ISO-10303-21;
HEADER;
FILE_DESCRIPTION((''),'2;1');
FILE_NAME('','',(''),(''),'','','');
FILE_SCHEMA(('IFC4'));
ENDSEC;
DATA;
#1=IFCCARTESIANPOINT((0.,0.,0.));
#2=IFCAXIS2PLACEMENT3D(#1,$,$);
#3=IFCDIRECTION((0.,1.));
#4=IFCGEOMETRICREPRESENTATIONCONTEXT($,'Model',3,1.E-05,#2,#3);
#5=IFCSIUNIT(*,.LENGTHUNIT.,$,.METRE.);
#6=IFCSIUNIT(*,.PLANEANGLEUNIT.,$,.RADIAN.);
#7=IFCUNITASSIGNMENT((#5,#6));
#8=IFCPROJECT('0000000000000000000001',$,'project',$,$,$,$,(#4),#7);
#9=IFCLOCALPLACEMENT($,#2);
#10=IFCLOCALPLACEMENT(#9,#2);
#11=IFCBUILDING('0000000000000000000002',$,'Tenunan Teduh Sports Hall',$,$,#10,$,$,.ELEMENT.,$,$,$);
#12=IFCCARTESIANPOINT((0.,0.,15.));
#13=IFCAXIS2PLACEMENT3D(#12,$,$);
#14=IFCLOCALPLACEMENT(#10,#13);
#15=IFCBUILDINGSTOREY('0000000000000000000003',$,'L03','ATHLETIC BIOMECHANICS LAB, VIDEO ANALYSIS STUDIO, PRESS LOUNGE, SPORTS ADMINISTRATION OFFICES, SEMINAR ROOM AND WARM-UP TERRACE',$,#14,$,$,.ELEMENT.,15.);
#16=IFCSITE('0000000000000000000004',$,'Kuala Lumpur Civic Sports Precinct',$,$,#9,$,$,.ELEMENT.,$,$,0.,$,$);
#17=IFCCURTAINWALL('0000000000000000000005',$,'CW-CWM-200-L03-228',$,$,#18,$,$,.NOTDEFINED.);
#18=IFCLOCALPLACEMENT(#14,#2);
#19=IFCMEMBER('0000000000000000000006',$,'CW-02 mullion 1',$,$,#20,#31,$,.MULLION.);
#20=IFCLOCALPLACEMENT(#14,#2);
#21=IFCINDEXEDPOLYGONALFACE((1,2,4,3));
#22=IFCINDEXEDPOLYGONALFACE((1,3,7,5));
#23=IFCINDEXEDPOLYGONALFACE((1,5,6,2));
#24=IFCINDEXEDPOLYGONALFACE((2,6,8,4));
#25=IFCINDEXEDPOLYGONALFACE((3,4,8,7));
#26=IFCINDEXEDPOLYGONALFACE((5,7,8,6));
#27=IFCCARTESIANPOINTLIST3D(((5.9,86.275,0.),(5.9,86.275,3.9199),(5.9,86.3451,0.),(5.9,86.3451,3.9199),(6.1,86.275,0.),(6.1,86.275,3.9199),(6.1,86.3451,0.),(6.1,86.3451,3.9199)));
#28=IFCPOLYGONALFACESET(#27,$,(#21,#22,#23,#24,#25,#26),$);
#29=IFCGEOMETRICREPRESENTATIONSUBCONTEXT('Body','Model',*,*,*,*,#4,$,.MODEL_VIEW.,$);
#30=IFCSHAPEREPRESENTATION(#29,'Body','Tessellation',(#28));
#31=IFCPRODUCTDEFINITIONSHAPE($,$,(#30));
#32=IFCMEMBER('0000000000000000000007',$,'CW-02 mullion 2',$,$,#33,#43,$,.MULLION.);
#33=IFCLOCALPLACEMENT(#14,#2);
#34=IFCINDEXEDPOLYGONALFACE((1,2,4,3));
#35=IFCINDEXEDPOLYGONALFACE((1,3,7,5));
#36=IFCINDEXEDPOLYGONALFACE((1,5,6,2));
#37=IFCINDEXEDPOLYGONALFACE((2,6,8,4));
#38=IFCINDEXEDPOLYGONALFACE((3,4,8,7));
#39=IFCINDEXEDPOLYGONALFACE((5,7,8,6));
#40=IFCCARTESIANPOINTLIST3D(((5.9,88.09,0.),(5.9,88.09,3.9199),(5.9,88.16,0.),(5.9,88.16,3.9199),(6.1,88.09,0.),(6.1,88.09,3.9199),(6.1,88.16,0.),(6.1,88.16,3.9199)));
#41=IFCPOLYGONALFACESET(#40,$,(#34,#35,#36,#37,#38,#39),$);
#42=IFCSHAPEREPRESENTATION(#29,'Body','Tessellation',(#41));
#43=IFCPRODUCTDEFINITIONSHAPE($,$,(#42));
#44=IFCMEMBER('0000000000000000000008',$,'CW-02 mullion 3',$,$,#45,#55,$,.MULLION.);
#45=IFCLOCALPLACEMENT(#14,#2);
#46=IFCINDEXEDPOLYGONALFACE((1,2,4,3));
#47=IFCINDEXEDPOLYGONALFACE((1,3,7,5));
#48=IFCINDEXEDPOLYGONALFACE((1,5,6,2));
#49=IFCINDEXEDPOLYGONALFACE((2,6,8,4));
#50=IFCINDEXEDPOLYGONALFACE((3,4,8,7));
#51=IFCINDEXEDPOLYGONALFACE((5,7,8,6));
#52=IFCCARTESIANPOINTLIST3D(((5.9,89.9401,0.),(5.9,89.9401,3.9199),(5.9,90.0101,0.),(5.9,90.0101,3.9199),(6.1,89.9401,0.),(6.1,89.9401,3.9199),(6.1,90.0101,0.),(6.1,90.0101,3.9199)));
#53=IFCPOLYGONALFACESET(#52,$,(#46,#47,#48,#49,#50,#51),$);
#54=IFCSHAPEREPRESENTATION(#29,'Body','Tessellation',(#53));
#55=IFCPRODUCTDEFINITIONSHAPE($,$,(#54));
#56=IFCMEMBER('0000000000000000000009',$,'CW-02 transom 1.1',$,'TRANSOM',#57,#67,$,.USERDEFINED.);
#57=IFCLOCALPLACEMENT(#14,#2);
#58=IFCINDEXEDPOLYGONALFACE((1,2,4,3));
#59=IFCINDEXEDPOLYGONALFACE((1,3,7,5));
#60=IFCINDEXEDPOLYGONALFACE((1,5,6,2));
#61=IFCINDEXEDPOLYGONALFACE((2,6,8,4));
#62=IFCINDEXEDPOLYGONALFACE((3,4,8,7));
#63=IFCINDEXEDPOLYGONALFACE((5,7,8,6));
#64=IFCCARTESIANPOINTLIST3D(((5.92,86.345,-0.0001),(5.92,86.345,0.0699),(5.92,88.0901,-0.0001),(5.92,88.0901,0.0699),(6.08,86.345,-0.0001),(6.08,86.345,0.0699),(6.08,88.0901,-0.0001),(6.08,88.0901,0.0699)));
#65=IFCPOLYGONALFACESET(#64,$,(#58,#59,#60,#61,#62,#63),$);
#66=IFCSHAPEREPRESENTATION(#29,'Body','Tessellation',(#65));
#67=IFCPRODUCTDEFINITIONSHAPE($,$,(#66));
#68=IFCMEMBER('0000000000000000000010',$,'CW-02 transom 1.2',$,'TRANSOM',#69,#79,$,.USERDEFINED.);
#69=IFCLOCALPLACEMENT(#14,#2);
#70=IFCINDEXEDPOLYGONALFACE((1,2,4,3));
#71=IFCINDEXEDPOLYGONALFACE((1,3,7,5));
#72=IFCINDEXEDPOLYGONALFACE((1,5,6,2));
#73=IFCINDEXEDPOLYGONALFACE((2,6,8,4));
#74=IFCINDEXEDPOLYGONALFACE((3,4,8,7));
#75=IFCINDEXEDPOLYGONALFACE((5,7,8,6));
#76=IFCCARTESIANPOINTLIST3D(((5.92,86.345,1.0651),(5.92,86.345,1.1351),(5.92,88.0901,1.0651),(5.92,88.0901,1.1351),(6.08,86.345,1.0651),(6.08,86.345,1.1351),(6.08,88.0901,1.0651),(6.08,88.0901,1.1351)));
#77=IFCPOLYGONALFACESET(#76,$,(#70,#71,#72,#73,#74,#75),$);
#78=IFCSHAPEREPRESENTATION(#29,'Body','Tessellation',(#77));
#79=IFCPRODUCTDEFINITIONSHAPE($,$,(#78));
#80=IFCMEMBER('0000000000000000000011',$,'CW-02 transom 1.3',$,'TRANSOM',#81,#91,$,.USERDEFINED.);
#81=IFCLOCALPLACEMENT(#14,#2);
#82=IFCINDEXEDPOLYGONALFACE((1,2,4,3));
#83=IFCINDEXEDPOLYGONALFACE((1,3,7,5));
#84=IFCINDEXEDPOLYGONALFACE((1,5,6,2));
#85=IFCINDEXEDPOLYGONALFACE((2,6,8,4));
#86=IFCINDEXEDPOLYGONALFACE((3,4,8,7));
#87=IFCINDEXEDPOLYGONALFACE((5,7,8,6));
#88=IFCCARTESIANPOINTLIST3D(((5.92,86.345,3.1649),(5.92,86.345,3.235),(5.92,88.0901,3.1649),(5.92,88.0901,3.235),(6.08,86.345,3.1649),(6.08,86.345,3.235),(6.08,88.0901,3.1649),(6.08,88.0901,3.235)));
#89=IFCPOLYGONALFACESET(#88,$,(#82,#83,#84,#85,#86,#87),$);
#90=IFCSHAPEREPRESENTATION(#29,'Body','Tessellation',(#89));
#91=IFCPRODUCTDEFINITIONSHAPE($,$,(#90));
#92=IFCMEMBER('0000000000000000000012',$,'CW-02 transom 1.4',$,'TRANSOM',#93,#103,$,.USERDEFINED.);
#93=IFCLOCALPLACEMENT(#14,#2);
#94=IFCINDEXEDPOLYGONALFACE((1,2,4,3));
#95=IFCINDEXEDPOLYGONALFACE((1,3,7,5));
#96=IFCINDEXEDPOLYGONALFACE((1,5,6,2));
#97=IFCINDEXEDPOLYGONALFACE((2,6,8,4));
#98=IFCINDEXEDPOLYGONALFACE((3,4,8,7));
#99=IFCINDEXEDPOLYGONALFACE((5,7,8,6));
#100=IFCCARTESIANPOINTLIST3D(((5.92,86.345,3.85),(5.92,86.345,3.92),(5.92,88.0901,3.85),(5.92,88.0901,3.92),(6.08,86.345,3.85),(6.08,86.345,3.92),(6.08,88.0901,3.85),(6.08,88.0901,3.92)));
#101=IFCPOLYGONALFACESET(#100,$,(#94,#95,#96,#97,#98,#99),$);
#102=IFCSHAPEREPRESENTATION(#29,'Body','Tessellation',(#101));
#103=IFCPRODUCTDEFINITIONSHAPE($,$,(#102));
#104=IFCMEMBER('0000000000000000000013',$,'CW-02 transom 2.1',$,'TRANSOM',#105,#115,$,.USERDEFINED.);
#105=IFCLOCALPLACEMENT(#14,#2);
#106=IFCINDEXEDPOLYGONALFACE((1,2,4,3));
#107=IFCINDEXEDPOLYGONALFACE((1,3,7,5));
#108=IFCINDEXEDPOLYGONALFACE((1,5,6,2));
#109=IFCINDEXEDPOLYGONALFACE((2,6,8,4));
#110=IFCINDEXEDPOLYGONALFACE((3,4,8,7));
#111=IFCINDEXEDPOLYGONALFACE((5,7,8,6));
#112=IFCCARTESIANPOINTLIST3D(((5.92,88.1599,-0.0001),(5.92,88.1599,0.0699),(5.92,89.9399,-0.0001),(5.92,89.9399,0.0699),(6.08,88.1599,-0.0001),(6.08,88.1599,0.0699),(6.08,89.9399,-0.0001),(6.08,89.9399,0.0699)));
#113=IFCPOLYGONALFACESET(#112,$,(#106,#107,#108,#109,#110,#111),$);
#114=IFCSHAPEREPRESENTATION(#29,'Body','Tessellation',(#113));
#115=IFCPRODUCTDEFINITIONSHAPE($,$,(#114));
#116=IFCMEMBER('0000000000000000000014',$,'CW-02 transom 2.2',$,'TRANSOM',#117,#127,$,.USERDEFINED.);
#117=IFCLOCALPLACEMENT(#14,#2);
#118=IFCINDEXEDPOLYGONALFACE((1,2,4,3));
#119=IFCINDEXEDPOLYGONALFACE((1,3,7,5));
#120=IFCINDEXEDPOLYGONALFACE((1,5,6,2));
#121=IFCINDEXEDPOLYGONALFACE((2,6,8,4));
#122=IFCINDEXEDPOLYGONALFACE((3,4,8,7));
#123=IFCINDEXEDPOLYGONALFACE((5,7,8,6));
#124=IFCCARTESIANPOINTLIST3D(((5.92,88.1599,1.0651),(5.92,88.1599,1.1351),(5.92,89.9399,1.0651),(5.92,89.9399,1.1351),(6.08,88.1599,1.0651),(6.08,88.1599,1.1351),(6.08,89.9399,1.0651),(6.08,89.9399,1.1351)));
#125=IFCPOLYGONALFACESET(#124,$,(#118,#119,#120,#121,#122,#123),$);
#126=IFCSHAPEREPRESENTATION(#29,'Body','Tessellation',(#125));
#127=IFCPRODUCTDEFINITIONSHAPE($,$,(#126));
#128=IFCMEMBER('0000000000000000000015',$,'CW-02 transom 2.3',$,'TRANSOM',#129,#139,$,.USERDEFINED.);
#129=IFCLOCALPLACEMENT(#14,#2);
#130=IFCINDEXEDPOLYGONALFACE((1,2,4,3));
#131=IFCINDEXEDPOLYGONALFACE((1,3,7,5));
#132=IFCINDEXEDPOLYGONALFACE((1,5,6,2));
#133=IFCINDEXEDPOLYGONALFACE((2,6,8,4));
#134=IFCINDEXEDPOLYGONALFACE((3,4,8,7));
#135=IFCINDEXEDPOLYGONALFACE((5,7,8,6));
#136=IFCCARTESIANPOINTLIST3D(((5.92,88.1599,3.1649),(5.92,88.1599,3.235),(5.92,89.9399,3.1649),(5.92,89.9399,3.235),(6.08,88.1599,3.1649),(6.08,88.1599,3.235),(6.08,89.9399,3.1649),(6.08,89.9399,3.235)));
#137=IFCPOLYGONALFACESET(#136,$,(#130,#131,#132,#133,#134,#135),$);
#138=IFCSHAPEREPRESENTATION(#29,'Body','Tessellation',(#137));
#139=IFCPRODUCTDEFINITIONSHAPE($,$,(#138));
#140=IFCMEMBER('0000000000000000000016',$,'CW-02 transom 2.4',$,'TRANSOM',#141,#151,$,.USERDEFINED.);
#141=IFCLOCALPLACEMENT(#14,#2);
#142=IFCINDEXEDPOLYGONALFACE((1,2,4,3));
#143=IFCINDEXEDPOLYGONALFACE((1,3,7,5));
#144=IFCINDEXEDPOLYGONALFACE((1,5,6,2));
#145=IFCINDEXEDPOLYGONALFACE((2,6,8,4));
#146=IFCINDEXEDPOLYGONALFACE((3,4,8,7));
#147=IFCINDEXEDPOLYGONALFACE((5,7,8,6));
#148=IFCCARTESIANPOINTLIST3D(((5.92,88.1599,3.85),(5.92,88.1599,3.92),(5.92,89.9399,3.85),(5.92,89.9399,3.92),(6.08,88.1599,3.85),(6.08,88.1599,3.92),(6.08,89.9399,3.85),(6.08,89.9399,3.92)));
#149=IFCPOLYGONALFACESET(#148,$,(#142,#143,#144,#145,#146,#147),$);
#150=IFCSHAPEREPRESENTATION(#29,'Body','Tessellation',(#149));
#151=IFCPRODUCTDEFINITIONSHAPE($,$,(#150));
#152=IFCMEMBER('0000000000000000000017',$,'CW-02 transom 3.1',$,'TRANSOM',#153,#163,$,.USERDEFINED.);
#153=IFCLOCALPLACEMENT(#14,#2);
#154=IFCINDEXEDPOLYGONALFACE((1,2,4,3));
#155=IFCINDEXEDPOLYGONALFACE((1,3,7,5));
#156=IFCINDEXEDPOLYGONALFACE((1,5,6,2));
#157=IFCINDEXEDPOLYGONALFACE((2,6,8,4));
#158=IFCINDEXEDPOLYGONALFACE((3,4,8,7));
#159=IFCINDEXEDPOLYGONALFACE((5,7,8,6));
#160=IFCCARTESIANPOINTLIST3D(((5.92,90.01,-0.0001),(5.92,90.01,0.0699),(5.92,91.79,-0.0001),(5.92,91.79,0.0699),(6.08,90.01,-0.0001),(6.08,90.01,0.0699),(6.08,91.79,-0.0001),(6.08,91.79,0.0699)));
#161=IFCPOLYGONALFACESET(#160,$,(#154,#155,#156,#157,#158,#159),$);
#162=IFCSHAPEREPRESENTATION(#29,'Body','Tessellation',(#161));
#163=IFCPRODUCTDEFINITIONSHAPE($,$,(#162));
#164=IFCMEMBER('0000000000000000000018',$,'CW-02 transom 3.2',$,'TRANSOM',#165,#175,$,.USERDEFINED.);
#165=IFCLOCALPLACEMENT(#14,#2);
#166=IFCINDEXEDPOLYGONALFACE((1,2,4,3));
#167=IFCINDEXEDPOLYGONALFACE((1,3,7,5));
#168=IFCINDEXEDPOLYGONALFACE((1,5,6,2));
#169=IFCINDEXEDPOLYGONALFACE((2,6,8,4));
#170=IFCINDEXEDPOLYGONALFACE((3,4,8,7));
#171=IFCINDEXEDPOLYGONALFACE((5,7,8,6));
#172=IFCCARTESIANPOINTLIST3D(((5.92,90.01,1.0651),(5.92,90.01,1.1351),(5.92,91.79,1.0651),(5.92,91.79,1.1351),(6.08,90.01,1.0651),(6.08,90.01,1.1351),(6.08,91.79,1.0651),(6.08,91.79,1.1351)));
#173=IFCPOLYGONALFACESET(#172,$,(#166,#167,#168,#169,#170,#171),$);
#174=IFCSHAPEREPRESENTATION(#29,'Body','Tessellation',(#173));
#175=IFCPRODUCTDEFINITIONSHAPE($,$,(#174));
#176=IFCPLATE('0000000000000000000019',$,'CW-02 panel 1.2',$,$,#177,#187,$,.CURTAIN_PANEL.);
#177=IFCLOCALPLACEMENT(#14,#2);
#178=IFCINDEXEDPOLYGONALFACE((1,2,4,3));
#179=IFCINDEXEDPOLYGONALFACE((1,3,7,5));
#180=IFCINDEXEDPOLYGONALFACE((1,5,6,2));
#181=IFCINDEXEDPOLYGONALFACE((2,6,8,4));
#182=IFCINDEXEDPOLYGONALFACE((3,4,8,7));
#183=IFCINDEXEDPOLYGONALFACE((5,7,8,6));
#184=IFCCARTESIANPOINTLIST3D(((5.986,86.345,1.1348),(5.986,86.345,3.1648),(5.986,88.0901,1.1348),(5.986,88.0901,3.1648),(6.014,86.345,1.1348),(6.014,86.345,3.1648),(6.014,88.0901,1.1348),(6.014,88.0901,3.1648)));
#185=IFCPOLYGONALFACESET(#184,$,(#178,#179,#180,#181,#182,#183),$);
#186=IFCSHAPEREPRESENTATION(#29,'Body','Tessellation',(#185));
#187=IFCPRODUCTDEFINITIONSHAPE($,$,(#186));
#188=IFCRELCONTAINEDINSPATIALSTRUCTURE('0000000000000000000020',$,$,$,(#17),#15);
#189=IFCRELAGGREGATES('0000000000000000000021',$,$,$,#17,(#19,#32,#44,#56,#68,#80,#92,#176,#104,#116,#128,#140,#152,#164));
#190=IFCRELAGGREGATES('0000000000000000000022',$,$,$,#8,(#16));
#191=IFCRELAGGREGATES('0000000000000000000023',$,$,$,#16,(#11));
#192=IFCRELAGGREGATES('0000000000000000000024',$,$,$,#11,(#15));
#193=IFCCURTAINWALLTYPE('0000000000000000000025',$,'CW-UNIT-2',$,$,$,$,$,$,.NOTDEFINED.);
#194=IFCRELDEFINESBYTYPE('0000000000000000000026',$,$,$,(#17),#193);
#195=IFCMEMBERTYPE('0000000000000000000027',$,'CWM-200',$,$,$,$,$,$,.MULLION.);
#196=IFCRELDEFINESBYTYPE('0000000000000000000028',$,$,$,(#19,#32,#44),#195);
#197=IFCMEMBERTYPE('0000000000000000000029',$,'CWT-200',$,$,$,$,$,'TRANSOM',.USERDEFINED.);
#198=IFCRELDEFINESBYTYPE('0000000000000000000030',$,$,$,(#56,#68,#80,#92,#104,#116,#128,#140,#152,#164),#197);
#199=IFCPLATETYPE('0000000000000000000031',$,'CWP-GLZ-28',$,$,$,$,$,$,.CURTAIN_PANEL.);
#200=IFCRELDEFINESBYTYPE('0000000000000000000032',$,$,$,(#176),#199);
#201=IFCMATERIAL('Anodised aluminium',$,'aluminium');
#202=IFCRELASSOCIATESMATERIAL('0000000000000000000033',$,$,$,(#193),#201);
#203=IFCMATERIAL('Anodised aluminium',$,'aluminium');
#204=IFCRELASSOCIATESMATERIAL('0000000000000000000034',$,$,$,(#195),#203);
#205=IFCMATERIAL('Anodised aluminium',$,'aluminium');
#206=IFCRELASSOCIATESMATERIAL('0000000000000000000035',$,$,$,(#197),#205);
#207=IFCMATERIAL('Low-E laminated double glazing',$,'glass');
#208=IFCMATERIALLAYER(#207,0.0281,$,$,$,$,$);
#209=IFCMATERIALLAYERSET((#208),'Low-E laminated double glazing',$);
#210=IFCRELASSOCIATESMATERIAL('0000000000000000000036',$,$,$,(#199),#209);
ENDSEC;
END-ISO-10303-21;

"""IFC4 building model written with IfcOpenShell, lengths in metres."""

from ifc_helpers import new_model, si_unit, direction, frame, origin, origin_2d, place, context, subcontext, project, spatial, rectangle, extrude, material, layer, layer_set, material_profile, profile_set, type_object, element, aggregate, save


model = new_model("IFC4")

# Units and contexts
model_context = context("Model", 3, precision=1e-05, world=origin(), true_north=direction((0.0, 1.0)))
body_context = subcontext(model_context, "Body", "Model", "MODEL_VIEW")
ifc_project = project(units=[si_unit("LENGTHUNIT", "METRE"), si_unit("PLANEANGLEUNIT", "RADIAN")], contexts=[model_context])

# Site, building, storey
site_placement = place(None, origin())
site = spatial("IfcSite", under=ifc_project, at=site_placement, Name="Kuala Lumpur Civic Sports Precinct", CompositionType="ELEMENT", RefElevation=0.0)
building_placement = place(site_placement, origin())
building = spatial("IfcBuilding", under=site, at=building_placement, Name="Tenunan Teduh Sports Hall", CompositionType="ELEMENT")
storey_placement = place(building_placement, frame((0.0, 0.0, 15.0)))
storey = spatial("IfcBuildingStorey", under=building, at=storey_placement, Name="L03", Description="ATHLETIC BIOMECHANICS LAB, VIDEO ANALYSIS STUDIO, PRESS LOUNGE, SPORTS ADMINISTRATION OFFICES, SEMINAR ROOM AND WARM-UP TERRACE", CompositionType="ELEMENT", Elevation=15.0)

# Curtain wall, members, plate
ifc_material_1 = material(Name="Anodised aluminium", Category="aluminium")
curtain_wall_type = type_object("IfcCurtainWallType", Name="CW-UNIT-2", PredefinedType="NOTDEFINED", material=ifc_material_1)
curtain_wall_placement = place(storey_placement, origin())
curtain_wall = element("IfcCurtainWall", 1, at=curtain_wall_placement, inside=storey, type_object=curtain_wall_type, Name="CW-CWM-200-L03-228", PredefinedType="NOTDEFINED")
ifc_material_2 = material(Name="Anodised aluminium", Category="aluminium")
ifc_material_profile_1 = material_profile(ifc_material_2, rectangle(XDim=0.0701, YDim=0.2, at=origin_2d()), Name="CWM 70x200")
ifc_profile_set_1 = profile_set([ifc_material_profile_1], Name="Anodised aluminium")
member_type_1 = type_object("IfcMemberType", Name="CWM-200", PredefinedType="MULLION", material=ifc_profile_set_1)
member_1_placement = place(storey_placement, frame((6.0, 86.3101, 0.0), z_axis=(0.0, 0.0, 1.0), x_axis=(0.0, 1.0, 0.0)))
member_1 = element("IfcMember", 2, at=member_1_placement, type_object=member_type_1, Name="CW-02 mullion 1", PredefinedType="MULLION", context=body_context, shape_type="SweptSolid", body=[
    extrude(rectangle(XDim=0.0701, YDim=0.2, at=origin_2d()), origin(), (0.0, 0.0, 1.0), 3.9199),
])
member_2_placement = place(storey_placement, frame((6.0, 88.125, 0.0), z_axis=(0.0, 0.0, 1.0), x_axis=(0.0, 1.0, 0.0)))
member_2 = element("IfcMember", 3, at=member_2_placement, type_object=member_type_1, Name="CW-02 mullion 2", PredefinedType="MULLION", context=body_context, shape_type="SweptSolid", body=[
    extrude(rectangle(XDim=0.0701, YDim=0.2, at=origin_2d()), origin(), (0.0, 0.0, 1.0), 3.9199),
])
member_3_placement = place(storey_placement, frame((6.0, 89.9751, 0.0), z_axis=(0.0, 0.0, 1.0), x_axis=(0.0, 1.0, 0.0)))
member_3 = element("IfcMember", 4, at=member_3_placement, type_object=member_type_1, Name="CW-02 mullion 3", PredefinedType="MULLION", context=body_context, shape_type="SweptSolid", body=[
    extrude(rectangle(XDim=0.0701, YDim=0.2, at=origin_2d()), origin(), (0.0, 0.0, 1.0), 3.9199),
])
ifc_material_3 = material(Name="Anodised aluminium", Category="aluminium")
ifc_material_profile_2 = material_profile(ifc_material_3, rectangle(XDim=0.0701, YDim=0.1599, at=origin_2d()), Name="CWT 70x160")
ifc_profile_set_2 = profile_set([ifc_material_profile_2], Name="Anodised aluminium")
member_type_2 = type_object("IfcMemberType", Name="CWT-200", ElementType="TRANSOM", PredefinedType="USERDEFINED", material=ifc_profile_set_2)
member_4_placement = place(storey_placement, frame((6.0, 86.345, 0.0349), z_axis=(0.0, 1.0, 0.0), x_axis=(0.0, 0.0, 1.0)))
member_4 = element("IfcMember", 5, at=member_4_placement, type_object=member_type_2, Name="CW-02 transom 1.1", ObjectType="TRANSOM", PredefinedType="USERDEFINED", context=body_context, shape_type="SweptSolid", body=[
    extrude(rectangle(XDim=0.0701, YDim=0.1599, at=origin_2d()), origin(), (0.0, 0.0, 1.0), 1.7451),
])
member_5_placement = place(storey_placement, frame((6.0, 86.345, 1.1001), z_axis=(0.0, 1.0, 0.0), x_axis=(0.0, 0.0, 1.0)))
member_5 = element("IfcMember", 6, at=member_5_placement, type_object=member_type_2, Name="CW-02 transom 1.2", ObjectType="TRANSOM", PredefinedType="USERDEFINED", context=body_context, shape_type="SweptSolid", body=[
    extrude(rectangle(XDim=0.0701, YDim=0.1599, at=origin_2d()), origin(), (0.0, 0.0, 1.0), 1.7451),
])
member_6_placement = place(storey_placement, frame((6.0, 86.345, 3.2), z_axis=(0.0, 1.0, 0.0), x_axis=(0.0, 0.0, 1.0)))
member_6 = element("IfcMember", 7, at=member_6_placement, type_object=member_type_2, Name="CW-02 transom 1.3", ObjectType="TRANSOM", PredefinedType="USERDEFINED", context=body_context, shape_type="SweptSolid", body=[
    extrude(rectangle(XDim=0.0701, YDim=0.1599, at=origin_2d()), origin(), (0.0, 0.0, 1.0), 1.7451),
])
member_7_placement = place(storey_placement, frame((6.0, 86.345, 3.885), z_axis=(0.0, 1.0, 0.0), x_axis=(0.0, 0.0, 1.0)))
member_7 = element("IfcMember", 8, at=member_7_placement, type_object=member_type_2, Name="CW-02 transom 1.4", ObjectType="TRANSOM", PredefinedType="USERDEFINED", context=body_context, shape_type="SweptSolid", body=[
    extrude(rectangle(XDim=0.0701, YDim=0.1599, at=origin_2d()), origin(), (0.0, 0.0, 1.0), 1.7451),
])
member_8_placement = place(storey_placement, frame((6.0, 88.1599, 0.0349), z_axis=(0.0, 1.0, 0.0), x_axis=(0.0, 0.0, 1.0)))
member_8 = element("IfcMember", 9, at=member_8_placement, type_object=member_type_2, Name="CW-02 transom 2.1", ObjectType="TRANSOM", PredefinedType="USERDEFINED", context=body_context, shape_type="SweptSolid", body=[
    extrude(rectangle(XDim=0.0701, YDim=0.1599, at=origin_2d()), origin(), (0.0, 0.0, 1.0), 1.78),
])
member_9_placement = place(storey_placement, frame((6.0, 88.1599, 1.1001), z_axis=(0.0, 1.0, 0.0), x_axis=(0.0, 0.0, 1.0)))
member_9 = element("IfcMember", 10, at=member_9_placement, type_object=member_type_2, Name="CW-02 transom 2.2", ObjectType="TRANSOM", PredefinedType="USERDEFINED", context=body_context, shape_type="SweptSolid", body=[
    extrude(rectangle(XDim=0.0701, YDim=0.1599, at=origin_2d()), origin(), (0.0, 0.0, 1.0), 1.78),
])
member_10_placement = place(storey_placement, frame((6.0, 88.1599, 3.2), z_axis=(0.0, 1.0, 0.0), x_axis=(0.0, 0.0, 1.0)))
member_10 = element("IfcMember", 11, at=member_10_placement, type_object=member_type_2, Name="CW-02 transom 2.3", ObjectType="TRANSOM", PredefinedType="USERDEFINED", context=body_context, shape_type="SweptSolid", body=[
    extrude(rectangle(XDim=0.0701, YDim=0.1599, at=origin_2d()), origin(), (0.0, 0.0, 1.0), 1.78),
])
member_11_placement = place(storey_placement, frame((6.0, 88.1599, 3.885), z_axis=(0.0, 1.0, 0.0), x_axis=(0.0, 0.0, 1.0)))
member_11 = element("IfcMember", 12, at=member_11_placement, type_object=member_type_2, Name="CW-02 transom 2.4", ObjectType="TRANSOM", PredefinedType="USERDEFINED", context=body_context, shape_type="SweptSolid", body=[
    extrude(rectangle(XDim=0.0701, YDim=0.1599, at=origin_2d()), origin(), (0.0, 0.0, 1.0), 1.78),
])
member_12_placement = place(storey_placement, frame((6.0, 90.01, 0.0349), z_axis=(0.0, 1.0, 0.0), x_axis=(0.0, 0.0, 1.0)))
member_12 = element("IfcMember", 13, at=member_12_placement, type_object=member_type_2, Name="CW-02 transom 3.1", ObjectType="TRANSOM", PredefinedType="USERDEFINED", context=body_context, shape_type="SweptSolid", body=[
    extrude(rectangle(XDim=0.0701, YDim=0.1599, at=origin_2d()), origin(), (0.0, 0.0, 1.0), 1.78),
])
member_13_placement = place(storey_placement, frame((6.0, 90.01, 1.1001), z_axis=(0.0, 1.0, 0.0), x_axis=(0.0, 0.0, 1.0)))
member_13 = element("IfcMember", 14, at=member_13_placement, type_object=member_type_2, Name="CW-02 transom 3.2", ObjectType="TRANSOM", PredefinedType="USERDEFINED", context=body_context, shape_type="SweptSolid", body=[
    extrude(rectangle(XDim=0.0701, YDim=0.1599, at=origin_2d()), origin(), (0.0, 0.0, 1.0), 1.78),
])
ifc_material_4 = material(Name="Low-E laminated double glazing", Category="glass")
ifc_layer_1 = layer(ifc_material_4, 0.0281)
ifc_layer_set_1 = layer_set([ifc_layer_1], Name="Low-E laminated double glazing")
plate_type_1 = type_object("IfcPlateType", Name="CWP-GLZ-28", PredefinedType="CURTAIN_PANEL", material=ifc_layer_set_1)
plate_1_placement = place(storey_placement, frame((6.0, 87.2175, 1.1348), z_axis=(0.0, 0.0, 1.0), x_axis=(0.0, 1.0, 0.0)))
plate_1 = element("IfcPlate", 15, at=plate_1_placement, type_object=plate_type_1, Name="CW-02 panel 1.2", PredefinedType="CURTAIN_PANEL", context=body_context, shape_type="SweptSolid", body=[
    extrude(rectangle(XDim=1.7451, YDim=0.0281, at=origin_2d()), origin(), (0.0, 0.0, 1.0), 2.03),
])
aggregate(curtain_wall, [member_1, member_2, member_3, member_4, member_5, member_6, member_7, plate_1, member_8, member_9, member_10, member_11, member_12, member_13])

save(model, "model.ifc")
